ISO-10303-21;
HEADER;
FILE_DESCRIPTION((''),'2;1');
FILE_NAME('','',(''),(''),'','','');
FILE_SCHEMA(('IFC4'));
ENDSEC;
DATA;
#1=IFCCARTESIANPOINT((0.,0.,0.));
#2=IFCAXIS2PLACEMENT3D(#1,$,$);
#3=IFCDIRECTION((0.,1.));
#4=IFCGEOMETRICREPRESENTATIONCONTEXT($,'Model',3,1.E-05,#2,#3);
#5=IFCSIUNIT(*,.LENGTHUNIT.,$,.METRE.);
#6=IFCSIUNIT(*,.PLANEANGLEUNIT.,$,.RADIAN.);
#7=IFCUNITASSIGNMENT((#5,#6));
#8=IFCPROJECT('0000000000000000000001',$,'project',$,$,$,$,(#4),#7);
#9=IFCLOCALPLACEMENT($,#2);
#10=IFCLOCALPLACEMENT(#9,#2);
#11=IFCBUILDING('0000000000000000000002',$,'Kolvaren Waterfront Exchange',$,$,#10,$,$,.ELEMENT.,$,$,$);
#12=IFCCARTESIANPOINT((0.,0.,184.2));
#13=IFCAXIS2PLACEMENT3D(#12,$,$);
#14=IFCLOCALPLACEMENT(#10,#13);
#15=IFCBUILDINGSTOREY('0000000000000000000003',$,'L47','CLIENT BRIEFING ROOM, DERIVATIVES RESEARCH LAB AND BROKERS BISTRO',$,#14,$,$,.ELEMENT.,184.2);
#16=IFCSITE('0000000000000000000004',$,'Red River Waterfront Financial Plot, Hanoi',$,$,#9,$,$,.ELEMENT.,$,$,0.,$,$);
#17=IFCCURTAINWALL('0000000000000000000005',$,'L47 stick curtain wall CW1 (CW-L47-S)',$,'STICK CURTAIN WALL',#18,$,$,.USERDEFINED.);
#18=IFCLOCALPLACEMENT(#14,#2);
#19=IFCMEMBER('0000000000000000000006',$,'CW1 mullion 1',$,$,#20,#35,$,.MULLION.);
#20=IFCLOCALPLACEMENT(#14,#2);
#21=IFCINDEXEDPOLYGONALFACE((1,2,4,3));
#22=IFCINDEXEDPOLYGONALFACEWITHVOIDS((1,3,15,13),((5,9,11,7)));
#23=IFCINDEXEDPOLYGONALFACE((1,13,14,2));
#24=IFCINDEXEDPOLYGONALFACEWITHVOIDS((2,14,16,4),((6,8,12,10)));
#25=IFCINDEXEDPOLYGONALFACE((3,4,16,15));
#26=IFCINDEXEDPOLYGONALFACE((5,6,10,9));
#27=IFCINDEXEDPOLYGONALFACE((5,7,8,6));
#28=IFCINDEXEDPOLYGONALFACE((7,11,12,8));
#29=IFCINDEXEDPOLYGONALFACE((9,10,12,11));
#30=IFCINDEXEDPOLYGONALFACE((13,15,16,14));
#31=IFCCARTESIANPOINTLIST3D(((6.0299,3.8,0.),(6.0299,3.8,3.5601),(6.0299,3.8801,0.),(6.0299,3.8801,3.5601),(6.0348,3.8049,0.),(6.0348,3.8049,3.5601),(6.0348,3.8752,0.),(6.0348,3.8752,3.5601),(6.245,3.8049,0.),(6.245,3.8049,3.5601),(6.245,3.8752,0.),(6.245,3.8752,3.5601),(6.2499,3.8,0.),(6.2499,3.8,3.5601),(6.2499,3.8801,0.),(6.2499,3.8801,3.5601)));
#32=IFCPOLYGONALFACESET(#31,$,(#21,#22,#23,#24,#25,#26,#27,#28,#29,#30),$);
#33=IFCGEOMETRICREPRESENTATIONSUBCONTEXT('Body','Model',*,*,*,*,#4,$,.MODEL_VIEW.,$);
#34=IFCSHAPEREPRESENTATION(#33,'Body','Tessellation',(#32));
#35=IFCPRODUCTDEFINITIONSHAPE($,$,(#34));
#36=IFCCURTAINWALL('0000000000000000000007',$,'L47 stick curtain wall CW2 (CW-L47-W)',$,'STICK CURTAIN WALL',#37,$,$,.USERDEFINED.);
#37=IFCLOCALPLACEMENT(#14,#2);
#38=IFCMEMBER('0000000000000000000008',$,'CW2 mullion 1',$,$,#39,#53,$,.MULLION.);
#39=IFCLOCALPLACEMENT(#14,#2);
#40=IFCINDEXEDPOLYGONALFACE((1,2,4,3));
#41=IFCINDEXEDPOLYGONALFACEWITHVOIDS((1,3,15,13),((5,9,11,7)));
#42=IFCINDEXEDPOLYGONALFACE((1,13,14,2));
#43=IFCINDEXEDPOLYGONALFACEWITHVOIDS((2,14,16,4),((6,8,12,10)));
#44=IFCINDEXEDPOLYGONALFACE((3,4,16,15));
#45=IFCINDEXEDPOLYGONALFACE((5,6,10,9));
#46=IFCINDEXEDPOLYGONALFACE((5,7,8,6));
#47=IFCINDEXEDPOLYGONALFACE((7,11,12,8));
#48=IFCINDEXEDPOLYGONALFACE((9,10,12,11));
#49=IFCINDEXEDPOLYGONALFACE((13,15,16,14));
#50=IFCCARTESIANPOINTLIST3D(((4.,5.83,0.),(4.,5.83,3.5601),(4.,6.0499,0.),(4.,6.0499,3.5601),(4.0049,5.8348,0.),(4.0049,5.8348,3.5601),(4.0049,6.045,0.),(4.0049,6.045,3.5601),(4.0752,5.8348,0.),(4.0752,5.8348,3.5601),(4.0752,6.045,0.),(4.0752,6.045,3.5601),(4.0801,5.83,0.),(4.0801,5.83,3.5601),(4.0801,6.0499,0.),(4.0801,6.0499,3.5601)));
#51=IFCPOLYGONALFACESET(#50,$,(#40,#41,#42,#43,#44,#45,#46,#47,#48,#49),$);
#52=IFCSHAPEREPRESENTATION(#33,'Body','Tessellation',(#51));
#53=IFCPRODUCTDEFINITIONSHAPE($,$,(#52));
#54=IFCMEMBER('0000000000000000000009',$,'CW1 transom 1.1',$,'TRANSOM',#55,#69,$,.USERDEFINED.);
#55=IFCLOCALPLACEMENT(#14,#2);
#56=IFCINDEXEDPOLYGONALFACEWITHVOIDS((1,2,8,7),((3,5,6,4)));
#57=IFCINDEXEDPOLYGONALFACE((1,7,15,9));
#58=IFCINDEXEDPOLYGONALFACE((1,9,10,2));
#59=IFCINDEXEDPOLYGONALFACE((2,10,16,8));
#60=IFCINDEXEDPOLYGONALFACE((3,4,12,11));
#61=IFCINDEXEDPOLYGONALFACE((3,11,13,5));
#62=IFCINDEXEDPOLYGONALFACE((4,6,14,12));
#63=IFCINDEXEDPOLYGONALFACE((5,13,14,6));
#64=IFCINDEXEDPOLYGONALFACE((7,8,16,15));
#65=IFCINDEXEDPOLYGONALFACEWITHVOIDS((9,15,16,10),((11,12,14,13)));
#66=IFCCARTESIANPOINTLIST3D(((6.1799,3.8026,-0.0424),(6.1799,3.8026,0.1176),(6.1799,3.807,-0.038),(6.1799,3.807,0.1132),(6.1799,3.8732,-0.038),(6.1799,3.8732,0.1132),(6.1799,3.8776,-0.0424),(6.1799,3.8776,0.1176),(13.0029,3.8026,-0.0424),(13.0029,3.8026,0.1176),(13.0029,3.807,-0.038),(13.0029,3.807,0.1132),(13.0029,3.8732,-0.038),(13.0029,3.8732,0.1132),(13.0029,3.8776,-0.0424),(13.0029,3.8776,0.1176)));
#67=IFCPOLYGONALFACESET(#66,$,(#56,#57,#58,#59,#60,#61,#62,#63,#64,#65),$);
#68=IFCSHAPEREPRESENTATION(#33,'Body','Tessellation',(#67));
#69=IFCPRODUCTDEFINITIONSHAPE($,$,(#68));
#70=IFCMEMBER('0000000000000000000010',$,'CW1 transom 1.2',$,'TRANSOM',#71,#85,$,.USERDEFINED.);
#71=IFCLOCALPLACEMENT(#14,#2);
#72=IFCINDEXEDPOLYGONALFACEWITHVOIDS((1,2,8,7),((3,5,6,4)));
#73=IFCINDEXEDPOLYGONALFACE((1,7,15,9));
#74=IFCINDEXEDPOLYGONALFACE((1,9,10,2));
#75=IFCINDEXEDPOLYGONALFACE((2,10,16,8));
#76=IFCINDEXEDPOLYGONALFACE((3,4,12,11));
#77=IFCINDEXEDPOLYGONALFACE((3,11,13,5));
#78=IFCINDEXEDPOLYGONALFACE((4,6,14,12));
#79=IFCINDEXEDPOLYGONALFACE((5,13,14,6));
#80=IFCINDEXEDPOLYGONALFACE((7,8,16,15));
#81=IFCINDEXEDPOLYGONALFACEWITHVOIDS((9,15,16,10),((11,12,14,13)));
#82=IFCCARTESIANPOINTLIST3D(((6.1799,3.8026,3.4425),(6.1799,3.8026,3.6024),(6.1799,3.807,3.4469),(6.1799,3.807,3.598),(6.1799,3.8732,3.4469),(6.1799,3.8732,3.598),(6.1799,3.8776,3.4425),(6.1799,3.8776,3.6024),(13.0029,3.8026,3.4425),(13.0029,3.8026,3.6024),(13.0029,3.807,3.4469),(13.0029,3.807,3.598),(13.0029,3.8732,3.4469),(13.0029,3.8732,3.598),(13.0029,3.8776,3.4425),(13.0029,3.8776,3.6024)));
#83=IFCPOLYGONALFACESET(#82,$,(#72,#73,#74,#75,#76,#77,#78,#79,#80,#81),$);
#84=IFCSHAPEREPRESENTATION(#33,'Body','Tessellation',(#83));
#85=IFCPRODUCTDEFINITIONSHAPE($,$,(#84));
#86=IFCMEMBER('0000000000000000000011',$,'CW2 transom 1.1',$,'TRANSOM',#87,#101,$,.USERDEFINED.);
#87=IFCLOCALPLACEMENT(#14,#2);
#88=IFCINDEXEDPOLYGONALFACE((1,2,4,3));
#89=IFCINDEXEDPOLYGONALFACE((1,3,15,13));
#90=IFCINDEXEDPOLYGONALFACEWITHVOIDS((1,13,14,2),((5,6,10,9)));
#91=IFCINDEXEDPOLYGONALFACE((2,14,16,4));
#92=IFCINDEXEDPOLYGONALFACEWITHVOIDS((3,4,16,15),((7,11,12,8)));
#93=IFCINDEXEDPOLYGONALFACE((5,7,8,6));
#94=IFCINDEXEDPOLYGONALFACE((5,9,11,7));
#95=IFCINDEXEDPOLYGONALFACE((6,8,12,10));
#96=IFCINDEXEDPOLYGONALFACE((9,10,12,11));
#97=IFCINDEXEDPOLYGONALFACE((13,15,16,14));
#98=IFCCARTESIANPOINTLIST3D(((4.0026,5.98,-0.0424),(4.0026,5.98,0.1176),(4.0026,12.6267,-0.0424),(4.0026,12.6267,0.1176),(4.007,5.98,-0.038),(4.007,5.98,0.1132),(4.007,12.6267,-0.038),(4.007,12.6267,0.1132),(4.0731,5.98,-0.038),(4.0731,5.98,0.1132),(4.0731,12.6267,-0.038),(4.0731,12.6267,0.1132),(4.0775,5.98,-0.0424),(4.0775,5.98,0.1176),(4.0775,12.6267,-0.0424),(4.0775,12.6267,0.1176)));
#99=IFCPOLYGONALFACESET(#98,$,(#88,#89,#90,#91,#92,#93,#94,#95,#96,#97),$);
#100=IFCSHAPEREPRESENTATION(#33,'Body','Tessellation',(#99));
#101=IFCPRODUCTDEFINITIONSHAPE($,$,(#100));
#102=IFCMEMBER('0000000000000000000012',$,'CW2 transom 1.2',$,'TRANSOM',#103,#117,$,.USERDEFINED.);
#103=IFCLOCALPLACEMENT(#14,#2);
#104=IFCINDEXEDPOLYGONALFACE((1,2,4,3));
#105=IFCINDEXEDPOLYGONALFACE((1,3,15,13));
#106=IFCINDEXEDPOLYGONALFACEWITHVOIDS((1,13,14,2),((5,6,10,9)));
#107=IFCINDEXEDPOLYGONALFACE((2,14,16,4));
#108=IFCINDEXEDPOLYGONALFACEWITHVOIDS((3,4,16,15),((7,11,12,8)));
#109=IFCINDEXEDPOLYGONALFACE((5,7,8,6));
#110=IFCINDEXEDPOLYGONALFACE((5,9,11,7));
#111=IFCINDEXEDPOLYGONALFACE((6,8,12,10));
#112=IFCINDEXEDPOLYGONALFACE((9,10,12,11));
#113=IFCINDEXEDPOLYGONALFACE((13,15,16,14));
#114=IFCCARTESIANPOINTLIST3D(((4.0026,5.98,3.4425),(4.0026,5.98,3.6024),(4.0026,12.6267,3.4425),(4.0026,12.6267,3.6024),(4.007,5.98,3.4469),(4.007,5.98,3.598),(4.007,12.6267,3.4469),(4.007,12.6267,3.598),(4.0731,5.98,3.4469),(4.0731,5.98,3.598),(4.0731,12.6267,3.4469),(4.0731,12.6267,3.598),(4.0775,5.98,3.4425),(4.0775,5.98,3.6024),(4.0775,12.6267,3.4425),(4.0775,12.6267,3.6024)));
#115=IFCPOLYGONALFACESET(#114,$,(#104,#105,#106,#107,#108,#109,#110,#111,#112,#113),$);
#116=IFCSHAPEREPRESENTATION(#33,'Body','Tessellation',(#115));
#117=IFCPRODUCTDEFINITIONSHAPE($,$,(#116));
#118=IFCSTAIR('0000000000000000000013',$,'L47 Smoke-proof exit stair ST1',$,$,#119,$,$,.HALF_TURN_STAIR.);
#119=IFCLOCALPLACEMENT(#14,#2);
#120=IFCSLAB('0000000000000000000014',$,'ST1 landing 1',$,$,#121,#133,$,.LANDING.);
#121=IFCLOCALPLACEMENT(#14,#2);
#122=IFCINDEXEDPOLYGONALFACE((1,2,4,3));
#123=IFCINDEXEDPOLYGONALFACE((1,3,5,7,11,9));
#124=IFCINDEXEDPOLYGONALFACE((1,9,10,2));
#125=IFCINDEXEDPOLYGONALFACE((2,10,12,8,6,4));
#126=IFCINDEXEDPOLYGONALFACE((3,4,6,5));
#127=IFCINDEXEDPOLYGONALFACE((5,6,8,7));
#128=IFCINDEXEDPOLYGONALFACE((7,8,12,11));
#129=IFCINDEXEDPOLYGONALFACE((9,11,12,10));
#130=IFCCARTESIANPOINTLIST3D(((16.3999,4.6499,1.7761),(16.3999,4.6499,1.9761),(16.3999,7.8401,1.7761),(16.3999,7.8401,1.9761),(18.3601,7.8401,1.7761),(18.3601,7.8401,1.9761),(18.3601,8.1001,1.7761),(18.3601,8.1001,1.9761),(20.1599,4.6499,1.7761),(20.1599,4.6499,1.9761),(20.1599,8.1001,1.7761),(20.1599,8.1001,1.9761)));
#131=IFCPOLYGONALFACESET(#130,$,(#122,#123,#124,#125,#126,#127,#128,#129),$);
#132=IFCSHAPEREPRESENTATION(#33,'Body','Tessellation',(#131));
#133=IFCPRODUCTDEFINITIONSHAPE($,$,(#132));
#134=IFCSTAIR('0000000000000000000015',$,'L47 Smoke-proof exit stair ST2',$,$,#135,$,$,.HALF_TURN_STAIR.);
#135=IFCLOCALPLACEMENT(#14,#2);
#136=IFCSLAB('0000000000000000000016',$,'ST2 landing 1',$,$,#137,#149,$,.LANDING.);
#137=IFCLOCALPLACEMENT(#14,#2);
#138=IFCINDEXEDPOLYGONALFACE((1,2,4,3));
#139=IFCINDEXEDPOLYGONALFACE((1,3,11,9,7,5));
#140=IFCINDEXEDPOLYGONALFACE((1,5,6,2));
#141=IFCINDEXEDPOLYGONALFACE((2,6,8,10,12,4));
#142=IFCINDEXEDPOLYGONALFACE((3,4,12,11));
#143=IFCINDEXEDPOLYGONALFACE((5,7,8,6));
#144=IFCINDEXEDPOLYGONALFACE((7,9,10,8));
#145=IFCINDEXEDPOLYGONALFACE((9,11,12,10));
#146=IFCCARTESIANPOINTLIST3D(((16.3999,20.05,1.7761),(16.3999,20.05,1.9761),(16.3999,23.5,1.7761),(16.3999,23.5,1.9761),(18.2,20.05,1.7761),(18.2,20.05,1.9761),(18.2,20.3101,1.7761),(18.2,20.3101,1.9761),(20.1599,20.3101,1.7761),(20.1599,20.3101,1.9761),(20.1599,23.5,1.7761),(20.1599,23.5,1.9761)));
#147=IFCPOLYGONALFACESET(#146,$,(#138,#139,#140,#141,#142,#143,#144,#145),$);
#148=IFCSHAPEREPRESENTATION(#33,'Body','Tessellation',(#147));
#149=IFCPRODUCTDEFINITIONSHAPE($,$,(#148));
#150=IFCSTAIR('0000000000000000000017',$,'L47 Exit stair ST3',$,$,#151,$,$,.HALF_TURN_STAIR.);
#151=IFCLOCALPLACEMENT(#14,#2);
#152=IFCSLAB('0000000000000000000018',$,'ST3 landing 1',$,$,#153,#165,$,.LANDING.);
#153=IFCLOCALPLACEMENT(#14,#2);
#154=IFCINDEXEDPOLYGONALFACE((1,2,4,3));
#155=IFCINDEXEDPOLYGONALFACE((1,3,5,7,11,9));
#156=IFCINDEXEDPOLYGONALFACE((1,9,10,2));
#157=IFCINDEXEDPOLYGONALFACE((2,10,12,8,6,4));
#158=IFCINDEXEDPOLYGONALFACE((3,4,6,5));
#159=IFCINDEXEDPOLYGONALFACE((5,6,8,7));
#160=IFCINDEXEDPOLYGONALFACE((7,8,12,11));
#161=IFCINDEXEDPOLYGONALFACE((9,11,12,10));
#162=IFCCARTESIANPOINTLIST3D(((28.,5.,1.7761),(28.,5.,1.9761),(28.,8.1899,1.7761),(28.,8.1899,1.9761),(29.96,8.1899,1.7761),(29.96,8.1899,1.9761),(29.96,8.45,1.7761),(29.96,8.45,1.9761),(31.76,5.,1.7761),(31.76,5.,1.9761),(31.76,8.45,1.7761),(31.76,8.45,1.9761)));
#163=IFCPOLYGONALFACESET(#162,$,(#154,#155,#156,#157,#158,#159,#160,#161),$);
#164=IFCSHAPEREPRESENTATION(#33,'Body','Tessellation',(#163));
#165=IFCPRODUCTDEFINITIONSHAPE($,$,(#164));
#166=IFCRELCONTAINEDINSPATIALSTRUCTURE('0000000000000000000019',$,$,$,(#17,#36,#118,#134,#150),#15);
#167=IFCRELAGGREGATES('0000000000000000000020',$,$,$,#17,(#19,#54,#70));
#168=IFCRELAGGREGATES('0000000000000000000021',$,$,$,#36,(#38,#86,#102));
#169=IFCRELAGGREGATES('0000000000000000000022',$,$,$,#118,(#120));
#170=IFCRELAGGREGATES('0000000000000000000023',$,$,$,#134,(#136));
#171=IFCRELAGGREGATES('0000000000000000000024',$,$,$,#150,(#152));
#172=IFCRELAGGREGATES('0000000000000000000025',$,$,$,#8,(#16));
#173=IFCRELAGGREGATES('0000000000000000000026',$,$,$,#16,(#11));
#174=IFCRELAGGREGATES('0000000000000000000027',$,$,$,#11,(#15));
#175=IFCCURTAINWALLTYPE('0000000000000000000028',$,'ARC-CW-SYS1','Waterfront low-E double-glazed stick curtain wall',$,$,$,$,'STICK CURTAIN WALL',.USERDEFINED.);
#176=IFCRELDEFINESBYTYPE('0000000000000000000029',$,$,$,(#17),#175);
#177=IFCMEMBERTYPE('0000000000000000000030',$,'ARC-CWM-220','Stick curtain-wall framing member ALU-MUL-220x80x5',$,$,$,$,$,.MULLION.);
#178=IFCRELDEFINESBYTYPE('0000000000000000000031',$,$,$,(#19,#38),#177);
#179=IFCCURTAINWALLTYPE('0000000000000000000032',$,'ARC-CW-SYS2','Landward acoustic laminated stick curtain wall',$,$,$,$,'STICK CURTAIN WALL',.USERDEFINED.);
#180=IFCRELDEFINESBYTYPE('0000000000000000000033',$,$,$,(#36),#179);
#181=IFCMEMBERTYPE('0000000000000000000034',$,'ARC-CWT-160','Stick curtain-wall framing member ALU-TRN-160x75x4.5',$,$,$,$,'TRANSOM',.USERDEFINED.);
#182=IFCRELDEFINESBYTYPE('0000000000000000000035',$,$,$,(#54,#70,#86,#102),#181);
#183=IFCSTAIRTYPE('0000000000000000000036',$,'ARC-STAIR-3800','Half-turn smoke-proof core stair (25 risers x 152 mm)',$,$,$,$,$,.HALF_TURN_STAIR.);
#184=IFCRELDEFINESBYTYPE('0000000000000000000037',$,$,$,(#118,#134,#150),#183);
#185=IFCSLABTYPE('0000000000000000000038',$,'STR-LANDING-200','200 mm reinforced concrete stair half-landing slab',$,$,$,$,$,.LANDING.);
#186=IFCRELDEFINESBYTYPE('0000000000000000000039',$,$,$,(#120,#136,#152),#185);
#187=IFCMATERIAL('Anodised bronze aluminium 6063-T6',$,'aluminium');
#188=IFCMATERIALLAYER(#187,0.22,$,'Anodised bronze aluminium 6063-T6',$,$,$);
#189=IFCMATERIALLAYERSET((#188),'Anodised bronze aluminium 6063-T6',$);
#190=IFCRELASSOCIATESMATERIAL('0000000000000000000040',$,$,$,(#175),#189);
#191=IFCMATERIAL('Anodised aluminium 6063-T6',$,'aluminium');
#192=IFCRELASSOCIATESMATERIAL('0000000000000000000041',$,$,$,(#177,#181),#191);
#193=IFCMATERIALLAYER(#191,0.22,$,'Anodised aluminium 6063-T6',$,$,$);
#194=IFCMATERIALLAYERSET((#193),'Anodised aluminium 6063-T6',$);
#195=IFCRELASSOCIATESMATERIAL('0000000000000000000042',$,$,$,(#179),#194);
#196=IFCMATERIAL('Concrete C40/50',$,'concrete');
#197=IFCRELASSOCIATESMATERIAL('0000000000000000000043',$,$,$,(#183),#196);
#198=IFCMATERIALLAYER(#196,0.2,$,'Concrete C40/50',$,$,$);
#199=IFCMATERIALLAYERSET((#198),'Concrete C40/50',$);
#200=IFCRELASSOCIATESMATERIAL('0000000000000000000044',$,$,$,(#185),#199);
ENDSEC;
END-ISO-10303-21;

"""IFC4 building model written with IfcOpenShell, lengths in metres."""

from ifc_helpers import new_model, si_unit, direction, frame, origin, origin_with_axes, origin_2d, place, context, subcontext, project, spatial, polyline, hollow_rectangle, outline, extrude, source, transform, mapped, material, layer, layer_set, material_profile, profile_set, type_object, element, aggregate, save


model = new_model("IFC4")

# Units and contexts
model_context = context("Model", 3, precision=1e-05, world=origin(), true_north=direction((0.0, 1.0)))
body_context = subcontext(model_context, "Body", "Model", "MODEL_VIEW")
ifc_project = project(units=[si_unit("LENGTHUNIT", "METRE"), si_unit("PLANEANGLEUNIT", "RADIAN")], contexts=[model_context])

# Site, building, storey
site_placement = place(None, origin())
site = spatial("IfcSite", under=ifc_project, at=site_placement, Name="Red River Waterfront Financial Plot, Hanoi", CompositionType="ELEMENT", RefElevation=0.0)
building_placement = place(site_placement, origin())
building = spatial("IfcBuilding", under=site, at=building_placement, Name="Kolvaren Waterfront Exchange", CompositionType="ELEMENT")
storey_placement = place(building_placement, frame((0.0, 0.0, 184.2)))
storey = spatial("IfcBuildingStorey", under=building, at=storey_placement, Name="L47", Description="CLIENT BRIEFING ROOM, DERIVATIVES RESEARCH LAB AND BROKERS BISTRO", CompositionType="ELEMENT", Elevation=184.2)

# Curtain walls, members
ifc_material_1 = material(Name="Anodised bronze aluminium 6063-T6", Category="aluminium")
ifc_layer_1 = layer(ifc_material_1, 0.22, Name="Anodised bronze aluminium 6063-T6")
ifc_layer_set_1 = layer_set([ifc_layer_1], Name="Anodised bronze aluminium 6063-T6")
curtain_wall_type_1 = type_object("IfcCurtainWallType", Name="ARC-CW-SYS1", Description="Waterfront low-E double-glazed stick curtain wall", ElementType="STICK CURTAIN WALL", PredefinedType="USERDEFINED", material=ifc_layer_set_1)
curtain_wall_1_placement = place(storey_placement, origin())
curtain_wall_1 = element("IfcCurtainWall", 1, at=curtain_wall_1_placement, inside=storey, type_object=curtain_wall_type_1, Name="L47 stick curtain wall CW1 (CW-L47-S)", ObjectType="STICK CURTAIN WALL", PredefinedType="USERDEFINED")
ifc_material_2 = material(Name="Anodised aluminium 6063-T6", Category="aluminium")
ifc_material_profile_1 = material_profile(ifc_material_2, hollow_rectangle(XDim=0.0801, YDim=0.22, WallThickness=0.0049, at=origin_2d()), Name="ALU-MUL-220x80x5")
ifc_profile_set_1 = profile_set([ifc_material_profile_1], Name="Anodised aluminium 6063-T6")
member_type_1 = type_object("IfcMemberType", Name="ARC-CWM-220", Description="Stick curtain-wall framing member ALU-MUL-220x80x5", PredefinedType="MULLION", material=ifc_profile_set_1)
shared_shape_1 = source(origin_with_axes(), body_context, "Body", "SweptSolid", [
    extrude(hollow_rectangle(XDim=0.0801, YDim=0.22, WallThickness=0.0049, at=origin_2d()), origin(), (0.0, 0.0, 1.0), 3.5601),
])
member_1_placement = place(storey_placement, frame((6.1399, 3.8401, 0.0), z_axis=(0.0, 0.0, 1.0), x_axis=(0.0, 1.0, 0.0)))
member_1 = element("IfcMember", 2, at=member_1_placement, type_object=member_type_1, Name="CW1 mullion 1", PredefinedType="MULLION", context=body_context, shape_type="MappedRepresentation", body=[
    mapped(shared_shape_1, transform((0.0, 0.0, 0.0), x_axis=(1.0, 0.0, 0.0), y_axis=(0.0, 1.0, 0.0), z_axis=(0.0, 0.0, 1.0), scale=1.0)),
])
ifc_layer_2 = layer(ifc_material_2, 0.22, Name="Anodised aluminium 6063-T6")
ifc_layer_set_2 = layer_set([ifc_layer_2], Name="Anodised aluminium 6063-T6")
curtain_wall_type_2 = type_object("IfcCurtainWallType", Name="ARC-CW-SYS2", Description="Landward acoustic laminated stick curtain wall", ElementType="STICK CURTAIN WALL", PredefinedType="USERDEFINED", material=ifc_layer_set_2)
curtain_wall_2_placement = place(storey_placement, origin())
curtain_wall_2 = element("IfcCurtainWall", 3, at=curtain_wall_2_placement, inside=storey, type_object=curtain_wall_type_2, Name="L47 stick curtain wall CW2 (CW-L47-W)", ObjectType="STICK CURTAIN WALL", PredefinedType="USERDEFINED")
member_2_placement = place(storey_placement, frame((4.04, 5.9399, 0.0), z_axis=(0.0, 0.0, 1.0), x_axis=(-1.0, 0.0, 0.0)))
member_2 = element("IfcMember", 4, at=member_2_placement, type_object=member_type_1, Name="CW2 mullion 1", PredefinedType="MULLION", context=body_context, shape_type="MappedRepresentation", body=[
    mapped(shared_shape_1, transform((0.0, 0.0, 0.0), x_axis=(1.0, 0.0, 0.0), y_axis=(0.0, 1.0, 0.0), z_axis=(0.0, 0.0, 1.0), scale=1.0)),
])

# Members
ifc_material_profile_2 = material_profile(ifc_material_2, hollow_rectangle(XDim=0.075, YDim=0.1599, WallThickness=0.0044, at=origin_2d()), Name="ALU-TRN-160x75x4.5")
ifc_profile_set_2 = profile_set([ifc_material_profile_2], Name="Anodised aluminium 6063-T6")
member_type_2 = type_object("IfcMemberType", Name="ARC-CWT-160", Description="Stick curtain-wall framing member ALU-TRN-160x75x4.5", ElementType="TRANSOM", PredefinedType="USERDEFINED", material=ifc_profile_set_2)
shared_shape_2 = source(origin_with_axes(), body_context, "Body", "SweptSolid", [
    extrude(hollow_rectangle(XDim=0.075, YDim=0.1599, WallThickness=0.0044, at=origin_2d()), origin(), (0.0, 0.0, 1.0), 6.823),
])
member_3_placement = place(storey_placement, frame((6.1799, 3.8401, 0.0376), z_axis=(1.0, 0.0, 0.0), x_axis=(0.0, 1.0, 0.0)))
member_3 = element("IfcMember", 5, at=member_3_placement, type_object=member_type_2, Name="CW1 transom 1.1", ObjectType="TRANSOM", PredefinedType="USERDEFINED", context=body_context, shape_type="MappedRepresentation", body=[
    mapped(shared_shape_2, transform((0.0, 0.0, 0.0), x_axis=(1.0, 0.0, 0.0), y_axis=(0.0, 1.0, 0.0), z_axis=(0.0, 0.0, 1.0), scale=1.0)),
])
member_4_placement = place(storey_placement, frame((6.1799, 3.8401, 3.5225), z_axis=(1.0, 0.0, 0.0), x_axis=(0.0, 1.0, 0.0)))
member_4 = element("IfcMember", 6, at=member_4_placement, type_object=member_type_2, Name="CW1 transom 1.2", ObjectType="TRANSOM", PredefinedType="USERDEFINED", context=body_context, shape_type="MappedRepresentation", body=[
    mapped(shared_shape_2, transform((0.0, 0.0, 0.0), x_axis=(1.0, 0.0, 0.0), y_axis=(0.0, 1.0, 0.0), z_axis=(0.0, 0.0, 1.0), scale=1.0)),
])
aggregate(curtain_wall_1, [member_1, member_3, member_4])
shared_shape_3 = source(origin_with_axes(), body_context, "Body", "SweptSolid", [
    extrude(hollow_rectangle(XDim=0.075, YDim=0.1599, WallThickness=0.0044, at=origin_2d()), origin(), (0.0, 0.0, 1.0), 6.6467),
])
member_5_placement = place(storey_placement, frame((4.04, 5.98, 0.0376), z_axis=(0.0, 1.0, 0.0), x_axis=(-1.0, 0.0, 0.0)))
member_5 = element("IfcMember", 7, at=member_5_placement, type_object=member_type_2, Name="CW2 transom 1.1", ObjectType="TRANSOM", PredefinedType="USERDEFINED", context=body_context, shape_type="MappedRepresentation", body=[
    mapped(shared_shape_3, transform((0.0, 0.0, 0.0), x_axis=(1.0, 0.0, 0.0), y_axis=(0.0, 1.0, 0.0), z_axis=(0.0, 0.0, 1.0), scale=1.0)),
])
member_6_placement = place(storey_placement, frame((4.04, 5.98, 3.5225), z_axis=(0.0, 1.0, 0.0), x_axis=(-1.0, 0.0, 0.0)))
member_6 = element("IfcMember", 8, at=member_6_placement, type_object=member_type_2, Name="CW2 transom 1.2", ObjectType="TRANSOM", PredefinedType="USERDEFINED", context=body_context, shape_type="MappedRepresentation", body=[
    mapped(shared_shape_3, transform((0.0, 0.0, 0.0), x_axis=(1.0, 0.0, 0.0), y_axis=(0.0, 1.0, 0.0), z_axis=(0.0, 0.0, 1.0), scale=1.0)),
])
aggregate(curtain_wall_2, [member_2, member_5, member_6])

# Stairs, slabs
ifc_material_3 = material(Name="Concrete C40/50", Category="concrete")
stair_type = type_object("IfcStairType", Name="ARC-STAIR-3800", Description="Half-turn smoke-proof core stair (25 risers x 152 mm)", PredefinedType="HALF_TURN_STAIR", material=ifc_material_3)
stair_1_placement = place(storey_placement, origin())
stair_1 = element("IfcStair", 9, at=stair_1_placement, inside=storey, type_object=stair_type, Name="L47 Smoke-proof exit stair ST1", PredefinedType="HALF_TURN_STAIR")
ifc_layer_3 = layer(ifc_material_3, 0.2, Name="Concrete C40/50")
ifc_layer_set_3 = layer_set([ifc_layer_3], Name="Concrete C40/50")
slab_type_1 = type_object("IfcSlabType", Name="STR-LANDING-200", Description="200 mm reinforced concrete stair half-landing slab", PredefinedType="LANDING", material=ifc_layer_set_3)
slab_1_placement = place(storey_placement, frame((0.0, 0.0, 1.7761)))
slab_1 = element("IfcSlab", 10, at=slab_1_placement, type_object=slab_type_1, Name="ST1 landing 1", PredefinedType="LANDING", context=body_context, shape_type="SweptSolid", body=[
    extrude(outline(polyline([(16.3999, 7.8401), (16.3999, 4.6499), (20.1599, 4.6499), (20.1599, 8.1001), (18.3601, 8.1001), (18.3601, 7.8401), (16.3999, 7.8401)])), origin(), (0.0, 0.0, 1.0), 0.2),
])
aggregate(stair_1, [slab_1])
stair_2_placement = place(storey_placement, origin())
stair_2 = element("IfcStair", 11, at=stair_2_placement, inside=storey, type_object=stair_type, Name="L47 Smoke-proof exit stair ST2", PredefinedType="HALF_TURN_STAIR")
slab_2_placement = place(storey_placement, frame((0.0, 0.0, 1.7761)))
slab_2 = element("IfcSlab", 12, at=slab_2_placement, type_object=slab_type_1, Name="ST2 landing 1", PredefinedType="LANDING", context=body_context, shape_type="SweptSolid", body=[
    extrude(outline(polyline([(20.1599, 20.3101), (20.1599, 23.5), (16.3999, 23.5), (16.3999, 20.05), (18.2, 20.05), (18.2, 20.3101), (20.1599, 20.3101)])), origin(), (0.0, 0.0, 1.0), 0.2),
])
aggregate(stair_2, [slab_2])
stair_3_placement = place(storey_placement, origin())
stair_3 = element("IfcStair", 13, at=stair_3_placement, inside=storey, type_object=stair_type, Name="L47 Exit stair ST3", PredefinedType="HALF_TURN_STAIR")
slab_3_placement = place(storey_placement, frame((0.0, 0.0, 1.7761)))
slab_3 = element("IfcSlab", 14, at=slab_3_placement, type_object=slab_type_1, Name="ST3 landing 1", PredefinedType="LANDING", context=body_context, shape_type="SweptSolid", body=[
    extrude(outline(polyline([(28.0, 8.1899), (28.0, 5.0), (31.76, 5.0), (31.76, 8.45), (29.96, 8.45), (29.96, 8.1899), (28.0, 8.1899)])), origin(), (0.0, 0.0, 1.0), 0.2),
])
aggregate(stair_3, [slab_3])

save(model, "model.ifc")
